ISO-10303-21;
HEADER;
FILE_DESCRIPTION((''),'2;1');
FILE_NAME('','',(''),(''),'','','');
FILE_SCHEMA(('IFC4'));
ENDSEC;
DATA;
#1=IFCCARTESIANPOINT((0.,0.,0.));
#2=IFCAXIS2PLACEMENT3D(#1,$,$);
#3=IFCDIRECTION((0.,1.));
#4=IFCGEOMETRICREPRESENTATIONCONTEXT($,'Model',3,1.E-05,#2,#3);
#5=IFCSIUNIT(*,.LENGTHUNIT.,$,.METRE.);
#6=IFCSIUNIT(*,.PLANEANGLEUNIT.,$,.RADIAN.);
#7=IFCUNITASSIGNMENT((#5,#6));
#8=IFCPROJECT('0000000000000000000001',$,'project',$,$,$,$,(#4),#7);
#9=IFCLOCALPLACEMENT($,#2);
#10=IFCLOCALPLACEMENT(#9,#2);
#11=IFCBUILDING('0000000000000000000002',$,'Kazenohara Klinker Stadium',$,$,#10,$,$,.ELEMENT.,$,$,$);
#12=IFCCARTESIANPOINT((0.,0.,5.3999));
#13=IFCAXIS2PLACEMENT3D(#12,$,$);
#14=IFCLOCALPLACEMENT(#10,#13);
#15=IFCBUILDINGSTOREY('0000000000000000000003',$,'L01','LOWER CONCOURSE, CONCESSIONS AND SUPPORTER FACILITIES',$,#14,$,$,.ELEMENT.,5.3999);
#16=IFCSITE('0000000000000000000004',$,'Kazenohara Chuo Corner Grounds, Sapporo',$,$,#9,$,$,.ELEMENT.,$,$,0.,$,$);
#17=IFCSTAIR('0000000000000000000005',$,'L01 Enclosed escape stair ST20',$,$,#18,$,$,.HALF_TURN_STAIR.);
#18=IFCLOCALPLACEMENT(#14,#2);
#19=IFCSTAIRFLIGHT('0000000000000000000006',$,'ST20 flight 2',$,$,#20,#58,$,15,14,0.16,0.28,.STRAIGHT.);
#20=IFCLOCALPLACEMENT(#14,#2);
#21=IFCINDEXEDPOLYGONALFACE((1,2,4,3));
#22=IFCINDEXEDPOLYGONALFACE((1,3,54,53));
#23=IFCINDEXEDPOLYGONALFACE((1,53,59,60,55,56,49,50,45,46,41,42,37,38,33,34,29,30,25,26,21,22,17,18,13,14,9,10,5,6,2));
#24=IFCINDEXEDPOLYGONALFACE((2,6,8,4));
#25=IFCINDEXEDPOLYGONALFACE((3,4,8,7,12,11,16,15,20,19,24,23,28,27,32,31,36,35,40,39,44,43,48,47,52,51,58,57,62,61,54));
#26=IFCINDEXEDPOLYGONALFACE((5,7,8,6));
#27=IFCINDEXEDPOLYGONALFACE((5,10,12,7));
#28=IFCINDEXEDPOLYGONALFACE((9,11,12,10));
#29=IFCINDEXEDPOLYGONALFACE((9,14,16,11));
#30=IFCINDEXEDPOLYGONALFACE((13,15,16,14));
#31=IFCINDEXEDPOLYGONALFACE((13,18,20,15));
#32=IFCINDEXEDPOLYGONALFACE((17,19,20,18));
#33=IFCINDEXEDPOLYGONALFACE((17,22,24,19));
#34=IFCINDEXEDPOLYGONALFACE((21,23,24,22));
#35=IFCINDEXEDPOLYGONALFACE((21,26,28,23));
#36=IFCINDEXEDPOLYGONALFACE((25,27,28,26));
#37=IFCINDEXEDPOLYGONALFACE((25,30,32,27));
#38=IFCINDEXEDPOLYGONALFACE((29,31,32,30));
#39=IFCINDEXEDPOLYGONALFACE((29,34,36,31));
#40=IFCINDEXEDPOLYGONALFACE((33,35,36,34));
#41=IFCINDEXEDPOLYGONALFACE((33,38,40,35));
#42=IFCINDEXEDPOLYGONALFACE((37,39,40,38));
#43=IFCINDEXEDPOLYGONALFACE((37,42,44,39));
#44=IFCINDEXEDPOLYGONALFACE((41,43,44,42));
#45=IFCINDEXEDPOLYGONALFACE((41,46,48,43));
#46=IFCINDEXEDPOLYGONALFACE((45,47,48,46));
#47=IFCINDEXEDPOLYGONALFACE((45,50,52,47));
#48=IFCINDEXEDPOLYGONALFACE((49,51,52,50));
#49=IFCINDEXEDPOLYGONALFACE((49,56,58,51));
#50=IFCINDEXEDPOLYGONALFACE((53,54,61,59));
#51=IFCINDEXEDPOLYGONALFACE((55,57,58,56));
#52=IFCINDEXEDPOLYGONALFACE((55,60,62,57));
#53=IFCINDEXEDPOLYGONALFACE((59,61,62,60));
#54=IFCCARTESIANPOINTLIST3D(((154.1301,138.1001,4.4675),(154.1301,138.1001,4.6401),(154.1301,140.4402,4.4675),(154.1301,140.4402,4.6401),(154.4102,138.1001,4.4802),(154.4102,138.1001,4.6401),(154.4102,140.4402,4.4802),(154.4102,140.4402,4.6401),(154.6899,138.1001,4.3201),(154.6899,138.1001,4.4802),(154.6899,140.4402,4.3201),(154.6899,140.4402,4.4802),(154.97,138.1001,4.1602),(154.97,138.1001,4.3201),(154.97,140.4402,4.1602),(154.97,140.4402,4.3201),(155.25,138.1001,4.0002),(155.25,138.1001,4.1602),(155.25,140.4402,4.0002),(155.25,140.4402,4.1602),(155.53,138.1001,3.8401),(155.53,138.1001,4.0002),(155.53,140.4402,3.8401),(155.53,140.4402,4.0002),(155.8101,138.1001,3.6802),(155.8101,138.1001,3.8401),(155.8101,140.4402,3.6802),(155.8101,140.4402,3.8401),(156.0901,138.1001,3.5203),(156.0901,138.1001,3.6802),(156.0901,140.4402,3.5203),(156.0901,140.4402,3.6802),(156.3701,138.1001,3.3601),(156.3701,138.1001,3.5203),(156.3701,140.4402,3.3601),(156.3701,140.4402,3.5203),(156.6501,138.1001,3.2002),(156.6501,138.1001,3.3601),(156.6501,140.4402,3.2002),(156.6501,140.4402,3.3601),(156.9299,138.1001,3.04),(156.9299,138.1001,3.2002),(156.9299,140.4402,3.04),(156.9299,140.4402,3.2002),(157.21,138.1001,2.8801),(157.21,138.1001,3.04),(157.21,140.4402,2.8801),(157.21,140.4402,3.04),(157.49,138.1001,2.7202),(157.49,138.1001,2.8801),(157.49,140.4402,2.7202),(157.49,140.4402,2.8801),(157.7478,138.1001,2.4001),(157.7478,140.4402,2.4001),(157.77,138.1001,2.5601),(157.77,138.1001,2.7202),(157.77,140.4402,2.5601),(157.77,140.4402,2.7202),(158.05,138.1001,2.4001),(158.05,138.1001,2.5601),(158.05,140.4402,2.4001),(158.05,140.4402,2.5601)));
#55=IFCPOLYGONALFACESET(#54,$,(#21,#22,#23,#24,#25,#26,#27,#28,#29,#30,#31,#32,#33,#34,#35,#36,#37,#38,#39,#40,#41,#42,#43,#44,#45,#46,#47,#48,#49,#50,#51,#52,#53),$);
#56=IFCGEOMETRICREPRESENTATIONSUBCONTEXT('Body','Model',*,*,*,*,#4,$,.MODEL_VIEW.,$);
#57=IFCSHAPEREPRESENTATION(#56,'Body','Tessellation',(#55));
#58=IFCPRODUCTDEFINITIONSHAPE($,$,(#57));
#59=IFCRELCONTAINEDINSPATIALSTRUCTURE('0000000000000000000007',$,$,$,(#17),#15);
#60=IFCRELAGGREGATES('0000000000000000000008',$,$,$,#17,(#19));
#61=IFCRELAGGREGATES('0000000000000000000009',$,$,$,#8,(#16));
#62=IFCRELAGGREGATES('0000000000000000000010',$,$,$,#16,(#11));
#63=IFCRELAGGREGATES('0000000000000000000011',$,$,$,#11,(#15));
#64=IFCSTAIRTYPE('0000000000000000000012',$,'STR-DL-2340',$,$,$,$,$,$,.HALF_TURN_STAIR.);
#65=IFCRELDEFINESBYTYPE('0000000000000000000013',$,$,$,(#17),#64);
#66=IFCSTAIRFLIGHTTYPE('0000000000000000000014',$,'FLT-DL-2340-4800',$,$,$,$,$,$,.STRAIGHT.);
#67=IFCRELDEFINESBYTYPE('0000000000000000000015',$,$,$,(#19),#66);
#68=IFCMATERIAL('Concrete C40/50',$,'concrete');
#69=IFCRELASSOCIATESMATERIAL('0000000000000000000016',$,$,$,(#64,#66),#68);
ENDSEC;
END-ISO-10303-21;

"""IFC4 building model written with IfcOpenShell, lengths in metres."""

from ifc_helpers import new_model, si_unit, direction, frame, origin, place, context, subcontext, project, spatial, polyline, outline, extrude, material, type_object, element, aggregate, save


model = new_model("IFC4")

# Units and contexts
model_context = context("Model", 3, precision=1e-05, world=origin(), true_north=direction((0.0, 1.0)))
body_context = subcontext(model_context, "Body", "Model", "MODEL_VIEW")
ifc_project = project(units=[si_unit("LENGTHUNIT", "METRE"), si_unit("PLANEANGLEUNIT", "RADIAN")], contexts=[model_context])

# Site, building, storey
site_placement = place(None, origin())
site = spatial("IfcSite", under=ifc_project, at=site_placement, Name="Kazenohara Chuo Corner Grounds, Sapporo", CompositionType="ELEMENT", RefElevation=0.0)
building_placement = place(site_placement, origin())
building = spatial("IfcBuilding", under=site, at=building_placement, Name="Kazenohara Klinker Stadium", CompositionType="ELEMENT")
storey_placement = place(building_placement, frame((0.0, 0.0, 5.3999)))
storey = spatial("IfcBuildingStorey", under=building, at=storey_placement, Name="L01", Description="LOWER CONCOURSE, CONCESSIONS AND SUPPORTER FACILITIES", CompositionType="ELEMENT", Elevation=5.3999)

# Shared definitions
ifc_material_1 = material(Name="Concrete C40/50", Category="concrete")

# Stair, stair flight
stair_type = type_object("IfcStairType", Name="STR-DL-2340", PredefinedType="HALF_TURN_STAIR", material=ifc_material_1)
stair_placement = place(storey_placement, origin())
stair = element("IfcStair", 1, at=stair_placement, inside=storey, type_object=stair_type, Name="L01 Enclosed escape stair ST20", PredefinedType="HALF_TURN_STAIR")
stair_flight_type = type_object("IfcStairFlightType", Name="FLT-DL-2340-4800", PredefinedType="STRAIGHT", material=ifc_material_1)
stair_flight_1_placement = place(storey_placement, frame((158.05, 139.27, 2.4001), z_axis=(0.0, 0.0, 1.0), x_axis=(-1.0, 0.0, 0.0)))
stair_flight_1 = element("IfcStairFlight", 2, at=stair_flight_1_placement, type_object=stair_flight_type, Name="ST20 flight 2", NumberOfRisers=15, NumberOfTreads=14, PredefinedType="STRAIGHT", RiserHeight=0.16, TreadLength=0.28, context=body_context, shape_type="SweptSolid", body=[
    extrude(outline(polyline([(0.0, 0.0), (0.0, 0.1599), (0.28, 0.1599), (0.28, 0.3201), (0.5601, 0.3201), (0.5601, 0.48), (0.8401, 0.48), (0.8401, 0.6399), (1.1201, 0.6399), (1.1201, 0.8), (1.3999, 0.8), (1.3999, 0.96), (1.6799, 0.96), (1.6799, 1.1201), (1.96, 1.1201), (1.96, 1.28), (2.24, 1.28), (2.24, 1.4399), (2.52, 1.4399), (2.52, 1.6001), (2.8, 1.6001), (2.8, 1.76), (3.0801, 1.76), (3.0801, 1.9199), (3.3601, 1.9199), (3.3601, 2.0801), (3.6399, 2.0801), (3.6399, 2.24), (3.9199, 2.24), (3.9199, 2.3999), (3.9199, 2.0674), (0.3022, 0.0), (0.0, 0.0)])), frame((0.0, 1.1699, 0.0), z_axis=(0.0, -1.0, 0.0), x_axis=(1.0, 0.0, 0.0)), (0.0, 0.0, 1.0), 2.3401),
])
aggregate(stair, [stair_flight_1])

save(model, "model.ifc")
